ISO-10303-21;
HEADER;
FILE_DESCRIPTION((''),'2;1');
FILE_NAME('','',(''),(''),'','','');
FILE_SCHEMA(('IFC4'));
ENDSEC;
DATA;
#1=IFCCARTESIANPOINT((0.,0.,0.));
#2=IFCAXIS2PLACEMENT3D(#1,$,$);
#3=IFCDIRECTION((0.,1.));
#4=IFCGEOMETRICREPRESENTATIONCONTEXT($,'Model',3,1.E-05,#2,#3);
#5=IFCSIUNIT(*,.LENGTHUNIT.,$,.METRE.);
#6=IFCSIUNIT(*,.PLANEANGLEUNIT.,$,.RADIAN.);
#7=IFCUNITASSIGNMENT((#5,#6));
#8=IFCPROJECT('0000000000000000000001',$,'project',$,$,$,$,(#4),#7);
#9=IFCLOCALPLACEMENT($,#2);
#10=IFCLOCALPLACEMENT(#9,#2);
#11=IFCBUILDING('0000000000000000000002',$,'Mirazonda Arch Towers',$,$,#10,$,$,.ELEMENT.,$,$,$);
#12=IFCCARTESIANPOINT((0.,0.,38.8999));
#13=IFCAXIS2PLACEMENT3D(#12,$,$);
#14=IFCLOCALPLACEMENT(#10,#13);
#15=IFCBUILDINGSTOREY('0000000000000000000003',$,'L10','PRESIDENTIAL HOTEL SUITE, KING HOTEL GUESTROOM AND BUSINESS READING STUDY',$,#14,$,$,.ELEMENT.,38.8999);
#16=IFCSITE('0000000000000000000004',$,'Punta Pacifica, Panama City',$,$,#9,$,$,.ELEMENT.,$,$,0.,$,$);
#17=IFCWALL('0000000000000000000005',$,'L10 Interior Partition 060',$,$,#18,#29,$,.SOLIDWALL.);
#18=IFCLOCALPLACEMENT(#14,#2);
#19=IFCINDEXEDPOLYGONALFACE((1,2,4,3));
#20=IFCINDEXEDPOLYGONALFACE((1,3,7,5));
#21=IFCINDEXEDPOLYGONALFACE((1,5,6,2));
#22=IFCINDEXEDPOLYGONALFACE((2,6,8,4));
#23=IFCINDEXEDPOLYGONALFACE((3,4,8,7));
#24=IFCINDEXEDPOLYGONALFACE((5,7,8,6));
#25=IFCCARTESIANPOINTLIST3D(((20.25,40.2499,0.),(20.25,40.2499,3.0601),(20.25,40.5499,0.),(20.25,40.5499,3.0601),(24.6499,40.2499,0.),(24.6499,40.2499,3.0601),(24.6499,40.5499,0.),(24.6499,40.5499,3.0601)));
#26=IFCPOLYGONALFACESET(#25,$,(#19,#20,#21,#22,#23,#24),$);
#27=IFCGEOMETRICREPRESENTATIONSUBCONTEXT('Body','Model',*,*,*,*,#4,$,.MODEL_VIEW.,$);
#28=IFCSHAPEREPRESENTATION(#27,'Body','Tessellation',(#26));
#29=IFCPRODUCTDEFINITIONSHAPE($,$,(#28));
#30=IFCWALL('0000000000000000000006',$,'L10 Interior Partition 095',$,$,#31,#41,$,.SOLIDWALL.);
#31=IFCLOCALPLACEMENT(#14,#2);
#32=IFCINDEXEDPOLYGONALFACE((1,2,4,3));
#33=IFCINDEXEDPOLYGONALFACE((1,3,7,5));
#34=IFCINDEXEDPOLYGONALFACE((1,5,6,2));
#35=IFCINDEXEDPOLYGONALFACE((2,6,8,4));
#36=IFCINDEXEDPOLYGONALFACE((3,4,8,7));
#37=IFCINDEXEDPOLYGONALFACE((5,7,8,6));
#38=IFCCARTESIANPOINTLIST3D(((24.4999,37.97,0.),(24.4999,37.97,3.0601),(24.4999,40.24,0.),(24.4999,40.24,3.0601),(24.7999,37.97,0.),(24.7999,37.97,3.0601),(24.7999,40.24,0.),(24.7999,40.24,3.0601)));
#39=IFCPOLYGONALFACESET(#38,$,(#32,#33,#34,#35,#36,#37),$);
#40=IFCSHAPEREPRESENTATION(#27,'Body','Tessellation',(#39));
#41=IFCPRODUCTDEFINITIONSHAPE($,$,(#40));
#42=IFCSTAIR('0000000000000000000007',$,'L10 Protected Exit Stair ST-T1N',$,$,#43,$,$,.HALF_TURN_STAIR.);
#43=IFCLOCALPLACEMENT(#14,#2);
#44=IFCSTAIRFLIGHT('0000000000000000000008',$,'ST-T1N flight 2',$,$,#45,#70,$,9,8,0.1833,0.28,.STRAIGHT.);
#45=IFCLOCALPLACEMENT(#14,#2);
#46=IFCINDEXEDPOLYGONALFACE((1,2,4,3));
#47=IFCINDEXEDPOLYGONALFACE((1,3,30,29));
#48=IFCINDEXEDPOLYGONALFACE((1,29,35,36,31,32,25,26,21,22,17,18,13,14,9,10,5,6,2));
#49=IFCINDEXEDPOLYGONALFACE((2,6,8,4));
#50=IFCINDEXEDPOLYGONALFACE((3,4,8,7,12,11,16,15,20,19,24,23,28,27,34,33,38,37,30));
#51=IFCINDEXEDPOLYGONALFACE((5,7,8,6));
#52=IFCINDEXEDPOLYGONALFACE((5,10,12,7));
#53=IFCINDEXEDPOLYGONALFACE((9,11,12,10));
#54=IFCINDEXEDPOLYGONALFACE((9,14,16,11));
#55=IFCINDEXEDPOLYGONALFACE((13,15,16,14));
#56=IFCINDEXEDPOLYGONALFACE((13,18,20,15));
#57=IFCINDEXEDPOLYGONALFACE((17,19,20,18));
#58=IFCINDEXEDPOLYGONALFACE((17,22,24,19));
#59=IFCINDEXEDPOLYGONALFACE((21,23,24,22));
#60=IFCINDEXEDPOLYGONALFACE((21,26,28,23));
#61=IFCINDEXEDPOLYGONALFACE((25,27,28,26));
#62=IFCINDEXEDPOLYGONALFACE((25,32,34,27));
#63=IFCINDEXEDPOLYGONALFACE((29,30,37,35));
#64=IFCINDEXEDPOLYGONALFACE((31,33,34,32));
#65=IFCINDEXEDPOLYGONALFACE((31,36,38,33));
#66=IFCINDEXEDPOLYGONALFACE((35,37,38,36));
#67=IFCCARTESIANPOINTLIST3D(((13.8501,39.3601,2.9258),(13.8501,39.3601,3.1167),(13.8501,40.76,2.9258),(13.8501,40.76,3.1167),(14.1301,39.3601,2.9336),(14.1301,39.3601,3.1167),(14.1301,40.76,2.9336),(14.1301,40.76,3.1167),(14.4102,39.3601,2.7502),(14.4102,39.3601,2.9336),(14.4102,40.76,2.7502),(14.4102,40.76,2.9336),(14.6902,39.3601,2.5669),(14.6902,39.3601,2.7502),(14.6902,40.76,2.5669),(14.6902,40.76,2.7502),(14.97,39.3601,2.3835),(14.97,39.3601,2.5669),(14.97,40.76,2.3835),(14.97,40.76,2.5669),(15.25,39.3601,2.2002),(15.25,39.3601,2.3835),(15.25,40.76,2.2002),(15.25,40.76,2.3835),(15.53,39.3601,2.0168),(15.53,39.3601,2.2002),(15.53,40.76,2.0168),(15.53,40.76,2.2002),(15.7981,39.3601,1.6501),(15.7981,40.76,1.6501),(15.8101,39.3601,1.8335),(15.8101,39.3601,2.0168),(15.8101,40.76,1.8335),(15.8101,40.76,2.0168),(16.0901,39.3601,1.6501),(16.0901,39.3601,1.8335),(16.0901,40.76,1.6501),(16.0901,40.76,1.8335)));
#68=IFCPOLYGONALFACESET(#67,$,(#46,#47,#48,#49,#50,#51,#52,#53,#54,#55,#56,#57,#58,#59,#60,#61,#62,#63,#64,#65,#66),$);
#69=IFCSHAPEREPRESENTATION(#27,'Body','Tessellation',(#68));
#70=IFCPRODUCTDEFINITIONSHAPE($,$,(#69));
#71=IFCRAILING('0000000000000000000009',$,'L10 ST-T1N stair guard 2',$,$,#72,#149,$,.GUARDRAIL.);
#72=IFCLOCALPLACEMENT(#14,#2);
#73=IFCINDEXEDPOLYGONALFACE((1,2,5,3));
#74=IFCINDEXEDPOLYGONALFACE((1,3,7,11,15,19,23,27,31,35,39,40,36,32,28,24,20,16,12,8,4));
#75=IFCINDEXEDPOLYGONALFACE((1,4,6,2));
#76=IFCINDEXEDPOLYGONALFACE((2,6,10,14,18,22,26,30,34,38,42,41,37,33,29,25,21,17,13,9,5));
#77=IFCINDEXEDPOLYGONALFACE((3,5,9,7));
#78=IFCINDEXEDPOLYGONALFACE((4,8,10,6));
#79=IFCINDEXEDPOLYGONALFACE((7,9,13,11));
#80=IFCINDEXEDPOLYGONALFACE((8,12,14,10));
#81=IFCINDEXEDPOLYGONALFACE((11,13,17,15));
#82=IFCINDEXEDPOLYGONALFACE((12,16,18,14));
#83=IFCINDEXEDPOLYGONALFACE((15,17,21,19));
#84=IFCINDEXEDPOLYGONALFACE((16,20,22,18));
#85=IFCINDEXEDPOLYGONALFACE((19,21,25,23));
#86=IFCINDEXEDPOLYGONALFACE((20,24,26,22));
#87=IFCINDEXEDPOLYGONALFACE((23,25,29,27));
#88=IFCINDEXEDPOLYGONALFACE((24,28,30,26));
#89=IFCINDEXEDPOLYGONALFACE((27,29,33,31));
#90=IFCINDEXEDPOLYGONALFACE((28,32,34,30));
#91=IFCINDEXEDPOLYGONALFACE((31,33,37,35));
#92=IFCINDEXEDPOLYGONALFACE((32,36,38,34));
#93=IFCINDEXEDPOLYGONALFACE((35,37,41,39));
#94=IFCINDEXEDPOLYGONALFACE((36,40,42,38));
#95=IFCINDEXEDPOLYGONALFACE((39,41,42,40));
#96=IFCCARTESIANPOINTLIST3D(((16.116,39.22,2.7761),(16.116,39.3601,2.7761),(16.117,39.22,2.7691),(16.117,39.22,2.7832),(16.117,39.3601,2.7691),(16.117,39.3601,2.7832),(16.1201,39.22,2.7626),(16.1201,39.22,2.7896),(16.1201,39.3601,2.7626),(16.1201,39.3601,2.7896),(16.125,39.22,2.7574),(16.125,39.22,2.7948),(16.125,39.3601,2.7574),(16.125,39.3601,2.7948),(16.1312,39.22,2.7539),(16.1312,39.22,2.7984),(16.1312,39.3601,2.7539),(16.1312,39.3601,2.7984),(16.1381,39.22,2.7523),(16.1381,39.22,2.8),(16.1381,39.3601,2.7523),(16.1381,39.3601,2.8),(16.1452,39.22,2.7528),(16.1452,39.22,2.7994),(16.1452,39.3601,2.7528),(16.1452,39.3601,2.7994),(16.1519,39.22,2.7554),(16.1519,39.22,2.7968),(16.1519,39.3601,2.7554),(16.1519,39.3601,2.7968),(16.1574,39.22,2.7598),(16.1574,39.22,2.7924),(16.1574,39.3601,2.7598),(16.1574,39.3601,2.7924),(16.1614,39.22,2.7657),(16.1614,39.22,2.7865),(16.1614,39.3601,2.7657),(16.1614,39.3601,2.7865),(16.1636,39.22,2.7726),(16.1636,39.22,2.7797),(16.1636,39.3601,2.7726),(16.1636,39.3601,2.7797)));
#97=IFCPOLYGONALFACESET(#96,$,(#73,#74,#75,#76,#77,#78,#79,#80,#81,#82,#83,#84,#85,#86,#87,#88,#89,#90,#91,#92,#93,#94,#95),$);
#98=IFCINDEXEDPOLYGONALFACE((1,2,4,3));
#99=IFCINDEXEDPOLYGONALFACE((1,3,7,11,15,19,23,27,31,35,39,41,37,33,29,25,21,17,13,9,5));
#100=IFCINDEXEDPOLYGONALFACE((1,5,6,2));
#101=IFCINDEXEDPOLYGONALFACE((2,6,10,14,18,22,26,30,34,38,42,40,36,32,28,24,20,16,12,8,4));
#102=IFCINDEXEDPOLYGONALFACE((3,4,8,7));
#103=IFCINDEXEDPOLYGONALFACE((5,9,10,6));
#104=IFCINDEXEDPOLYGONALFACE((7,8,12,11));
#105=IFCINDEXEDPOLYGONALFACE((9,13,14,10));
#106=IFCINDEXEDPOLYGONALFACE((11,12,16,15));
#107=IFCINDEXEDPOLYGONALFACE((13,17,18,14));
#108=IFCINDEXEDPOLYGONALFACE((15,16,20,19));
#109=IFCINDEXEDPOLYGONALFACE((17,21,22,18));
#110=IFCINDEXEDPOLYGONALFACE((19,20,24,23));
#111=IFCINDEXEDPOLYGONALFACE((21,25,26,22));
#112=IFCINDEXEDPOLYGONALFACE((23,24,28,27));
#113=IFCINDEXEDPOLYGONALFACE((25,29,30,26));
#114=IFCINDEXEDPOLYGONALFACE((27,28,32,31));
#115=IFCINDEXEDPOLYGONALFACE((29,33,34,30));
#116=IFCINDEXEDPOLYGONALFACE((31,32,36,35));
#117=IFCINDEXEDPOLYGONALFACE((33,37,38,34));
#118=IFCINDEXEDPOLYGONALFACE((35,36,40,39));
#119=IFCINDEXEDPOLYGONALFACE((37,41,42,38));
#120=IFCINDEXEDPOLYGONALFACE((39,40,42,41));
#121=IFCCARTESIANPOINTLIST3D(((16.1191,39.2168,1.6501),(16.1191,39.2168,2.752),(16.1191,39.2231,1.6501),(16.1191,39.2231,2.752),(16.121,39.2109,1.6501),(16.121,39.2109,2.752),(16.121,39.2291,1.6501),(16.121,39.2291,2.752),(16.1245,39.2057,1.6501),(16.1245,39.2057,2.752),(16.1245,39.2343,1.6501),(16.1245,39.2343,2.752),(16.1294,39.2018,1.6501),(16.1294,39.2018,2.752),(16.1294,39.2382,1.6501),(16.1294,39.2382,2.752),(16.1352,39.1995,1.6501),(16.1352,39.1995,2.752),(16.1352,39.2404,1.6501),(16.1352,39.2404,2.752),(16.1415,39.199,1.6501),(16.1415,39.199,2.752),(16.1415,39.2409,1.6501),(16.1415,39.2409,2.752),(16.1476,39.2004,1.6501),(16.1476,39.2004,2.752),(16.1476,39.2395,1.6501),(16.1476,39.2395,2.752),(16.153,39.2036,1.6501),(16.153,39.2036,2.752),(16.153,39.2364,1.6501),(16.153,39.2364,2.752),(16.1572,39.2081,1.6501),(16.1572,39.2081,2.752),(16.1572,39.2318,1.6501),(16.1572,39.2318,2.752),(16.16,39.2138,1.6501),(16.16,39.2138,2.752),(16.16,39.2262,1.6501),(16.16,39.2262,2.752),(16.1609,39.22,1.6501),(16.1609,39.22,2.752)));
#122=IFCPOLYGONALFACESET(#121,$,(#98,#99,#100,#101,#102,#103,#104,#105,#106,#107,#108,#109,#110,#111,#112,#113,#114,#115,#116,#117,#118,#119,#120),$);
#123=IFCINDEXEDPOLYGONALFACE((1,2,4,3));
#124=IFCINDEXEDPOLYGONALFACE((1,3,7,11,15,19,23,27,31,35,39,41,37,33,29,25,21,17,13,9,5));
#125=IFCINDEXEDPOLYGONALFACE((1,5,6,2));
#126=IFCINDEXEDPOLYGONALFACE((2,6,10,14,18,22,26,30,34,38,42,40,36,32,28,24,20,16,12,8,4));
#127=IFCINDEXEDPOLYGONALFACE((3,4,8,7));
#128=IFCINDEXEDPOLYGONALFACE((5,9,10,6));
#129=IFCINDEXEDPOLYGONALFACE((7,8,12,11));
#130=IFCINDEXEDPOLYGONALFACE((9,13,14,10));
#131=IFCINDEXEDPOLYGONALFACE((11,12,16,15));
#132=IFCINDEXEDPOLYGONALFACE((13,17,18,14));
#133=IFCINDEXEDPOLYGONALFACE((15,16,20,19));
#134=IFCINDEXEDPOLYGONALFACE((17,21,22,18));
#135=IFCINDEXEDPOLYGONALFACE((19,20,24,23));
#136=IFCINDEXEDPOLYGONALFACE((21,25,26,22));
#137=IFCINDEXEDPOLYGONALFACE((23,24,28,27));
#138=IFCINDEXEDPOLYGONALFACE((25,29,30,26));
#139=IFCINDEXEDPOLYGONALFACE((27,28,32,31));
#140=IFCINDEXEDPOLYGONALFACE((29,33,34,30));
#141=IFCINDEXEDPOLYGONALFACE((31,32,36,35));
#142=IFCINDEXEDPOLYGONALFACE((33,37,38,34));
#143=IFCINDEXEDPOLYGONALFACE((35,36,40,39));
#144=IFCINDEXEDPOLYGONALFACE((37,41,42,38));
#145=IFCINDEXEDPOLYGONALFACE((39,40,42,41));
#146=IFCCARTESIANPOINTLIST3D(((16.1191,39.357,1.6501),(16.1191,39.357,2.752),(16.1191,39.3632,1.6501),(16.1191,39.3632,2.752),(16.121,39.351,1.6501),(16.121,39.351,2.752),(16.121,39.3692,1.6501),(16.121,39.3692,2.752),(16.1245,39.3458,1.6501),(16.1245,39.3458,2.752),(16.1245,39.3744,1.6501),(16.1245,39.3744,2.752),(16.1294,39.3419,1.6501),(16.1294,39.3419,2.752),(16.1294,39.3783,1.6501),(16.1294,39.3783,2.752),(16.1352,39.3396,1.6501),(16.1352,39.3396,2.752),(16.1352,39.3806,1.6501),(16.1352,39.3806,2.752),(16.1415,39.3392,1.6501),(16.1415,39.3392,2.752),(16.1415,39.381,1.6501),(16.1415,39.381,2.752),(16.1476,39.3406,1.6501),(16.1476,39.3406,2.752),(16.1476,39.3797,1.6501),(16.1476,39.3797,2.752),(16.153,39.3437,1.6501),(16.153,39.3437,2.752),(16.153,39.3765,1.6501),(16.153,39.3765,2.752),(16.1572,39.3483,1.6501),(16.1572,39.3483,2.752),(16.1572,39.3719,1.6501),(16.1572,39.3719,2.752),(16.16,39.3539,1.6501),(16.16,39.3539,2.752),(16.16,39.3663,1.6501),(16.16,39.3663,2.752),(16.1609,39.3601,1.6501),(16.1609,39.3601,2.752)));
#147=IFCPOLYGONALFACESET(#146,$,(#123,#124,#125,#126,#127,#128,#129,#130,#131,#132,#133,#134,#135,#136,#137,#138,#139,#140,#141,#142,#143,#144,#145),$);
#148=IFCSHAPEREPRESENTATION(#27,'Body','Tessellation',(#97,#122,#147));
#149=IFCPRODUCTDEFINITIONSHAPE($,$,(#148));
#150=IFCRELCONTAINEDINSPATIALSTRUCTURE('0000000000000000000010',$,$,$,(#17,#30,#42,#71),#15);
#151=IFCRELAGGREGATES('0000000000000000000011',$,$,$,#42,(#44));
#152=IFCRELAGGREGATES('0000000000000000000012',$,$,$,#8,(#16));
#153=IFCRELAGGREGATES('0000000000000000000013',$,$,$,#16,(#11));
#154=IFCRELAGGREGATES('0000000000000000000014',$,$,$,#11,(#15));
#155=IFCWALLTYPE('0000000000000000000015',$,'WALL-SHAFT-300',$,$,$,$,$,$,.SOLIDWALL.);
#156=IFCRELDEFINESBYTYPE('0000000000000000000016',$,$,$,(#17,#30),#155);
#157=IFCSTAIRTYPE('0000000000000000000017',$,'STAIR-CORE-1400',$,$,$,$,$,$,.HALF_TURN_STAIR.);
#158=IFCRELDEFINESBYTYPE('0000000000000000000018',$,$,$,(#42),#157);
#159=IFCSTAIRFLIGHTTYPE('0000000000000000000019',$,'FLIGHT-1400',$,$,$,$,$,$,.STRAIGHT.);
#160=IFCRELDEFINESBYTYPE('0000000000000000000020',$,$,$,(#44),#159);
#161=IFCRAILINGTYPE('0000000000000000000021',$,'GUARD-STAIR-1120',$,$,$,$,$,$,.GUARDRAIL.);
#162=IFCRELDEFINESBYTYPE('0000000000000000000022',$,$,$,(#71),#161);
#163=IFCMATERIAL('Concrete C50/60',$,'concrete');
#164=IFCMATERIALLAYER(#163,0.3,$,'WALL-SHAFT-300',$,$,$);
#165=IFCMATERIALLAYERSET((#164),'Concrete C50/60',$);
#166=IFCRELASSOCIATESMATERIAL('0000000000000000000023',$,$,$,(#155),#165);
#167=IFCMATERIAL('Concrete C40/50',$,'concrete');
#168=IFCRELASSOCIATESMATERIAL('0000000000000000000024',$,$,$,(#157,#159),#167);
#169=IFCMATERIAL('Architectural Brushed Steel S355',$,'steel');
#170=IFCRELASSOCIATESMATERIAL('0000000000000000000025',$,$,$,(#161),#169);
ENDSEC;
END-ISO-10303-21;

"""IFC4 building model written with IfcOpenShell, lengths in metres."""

from ifc_helpers import new_model, si_unit, direction, frame, frame_2d, origin, origin_2d, place, context, subcontext, project, spatial, polyline, rectangle, circle, outline, extrude, material, layer, layer_set, type_object, element, aggregate, save


model = new_model("IFC4")

# Units and contexts
model_context = context("Model", 3, precision=1e-05, world=origin(), true_north=direction((0.0, 1.0)))
body_context = subcontext(model_context, "Body", "Model", "MODEL_VIEW")
ifc_project = project(units=[si_unit("LENGTHUNIT", "METRE"), si_unit("PLANEANGLEUNIT", "RADIAN")], contexts=[model_context])

# Site, building, storey
site_placement = place(None, origin())
site = spatial("IfcSite", under=ifc_project, at=site_placement, Name="Punta Pacifica, Panama City", CompositionType="ELEMENT", RefElevation=0.0)
building_placement = place(site_placement, origin())
building = spatial("IfcBuilding", under=site, at=building_placement, Name="Mirazonda Arch Towers", CompositionType="ELEMENT")
storey_placement = place(building_placement, frame((0.0, 0.0, 38.8999)))
storey = spatial("IfcBuildingStorey", under=building, at=storey_placement, Name="L10", Description="PRESIDENTIAL HOTEL SUITE, KING HOTEL GUESTROOM AND BUSINESS READING STUDY", CompositionType="ELEMENT", Elevation=38.8999)

# Walls
ifc_material_1 = material(Name="Concrete C40/50", Category="concrete")
ifc_material_2 = material(Name="Concrete C50/60", Category="concrete")
ifc_layer_1 = layer(ifc_material_2, 0.3, Name="WALL-SHAFT-300")
ifc_layer_set_1 = layer_set([ifc_layer_1], Name="Concrete C50/60")
wall_type_1 = type_object("IfcWallType", Name="WALL-SHAFT-300", PredefinedType="SOLIDWALL", material=ifc_layer_set_1)
wall_1_placement = place(storey_placement, frame((20.25, 40.3999, 0.0), z_axis=(0.0, 0.0, 1.0), x_axis=(1.0, 0.0, 0.0)))
element("IfcWall", 1, at=wall_1_placement, inside=storey, type_object=wall_type_1, Name="L10 Interior Partition 060", PredefinedType="SOLIDWALL", context=body_context, shape_type="SweptSolid", body=[
    extrude(rectangle(XDim=4.3999, YDim=0.3, at=frame_2d((2.2, 0.0))), origin(), (0.0, 0.0, 1.0), 3.0601),
])
wall_2_placement = place(storey_placement, frame((24.6499, 37.97, 0.0), z_axis=(0.0, 0.0, 1.0), x_axis=(0.0, 1.0, 0.0)))
element("IfcWall", 2, at=wall_2_placement, inside=storey, type_object=wall_type_1, Name="L10 Interior Partition 095", PredefinedType="SOLIDWALL", context=body_context, shape_type="SweptSolid", body=[
    extrude(rectangle(XDim=2.27, YDim=0.3, at=frame_2d((1.135, 0.0))), origin(), (0.0, 0.0, 1.0), 3.0601),
])

# Stair, stair flight
stair_type = type_object("IfcStairType", Name="STAIR-CORE-1400", PredefinedType="HALF_TURN_STAIR", material=ifc_material_1)
stair_placement = place(storey_placement, origin())
stair = element("IfcStair", 3, at=stair_placement, inside=storey, type_object=stair_type, Name="L10 Protected Exit Stair ST-T1N", PredefinedType="HALF_TURN_STAIR")
stair_flight_type = type_object("IfcStairFlightType", Name="FLIGHT-1400", PredefinedType="STRAIGHT", material=ifc_material_1)
stair_flight_placement = place(storey_placement, frame((16.0901, 40.0601, 1.6501), z_axis=(0.0, 0.0, 1.0), x_axis=(-1.0, 0.0, 0.0)))
stair_flight = element("IfcStairFlight", 4, at=stair_flight_placement, type_object=stair_flight_type, Name="ST-T1N flight 2", NumberOfRisers=9, NumberOfTreads=8, PredefinedType="STRAIGHT", RiserHeight=0.1833, TreadLength=0.28, context=body_context, shape_type="SweptSolid", body=[
    extrude(outline(polyline([(0.0, 0.0), (0.0, 0.1833), (0.28, 0.1833), (0.28, 0.3667), (0.5601, 0.3667), (0.5601, 0.55), (0.8401, 0.55), (0.8401, 0.7334), (1.1201, 0.7334), (1.1201, 0.9167), (1.3999, 0.9167), (1.3999, 1.1001), (1.6799, 1.1001), (1.6799, 1.2834), (1.96, 1.2834), (1.96, 1.4666), (2.24, 1.4666), (2.24, 1.6499), (2.24, 1.2756), (0.292, 0.0), (0.0, 0.0)])), frame((0.0, 0.7, 0.0), z_axis=(0.0, -1.0, 0.0), x_axis=(1.0, 0.0, 0.0)), (0.0, 0.0, 1.0), 1.3999),
])
aggregate(stair, [stair_flight])

# Railing
ifc_material_3 = material(Name="Architectural Brushed Steel S355", Category="steel")
railing_type_1 = type_object("IfcRailingType", Name="GUARD-STAIR-1120", PredefinedType="GUARDRAIL", material=ifc_material_3)
railing_1_placement = place(storey_placement, frame((16.1399, 39.22, 1.6501)))
element("IfcRailing", 5, at=railing_1_placement, inside=storey, type_object=railing_type_1, Name="L10 ST-T1N stair guard 2", PredefinedType="GUARDRAIL", context=body_context, shape_type="SweptSolid", body=[
    extrude(circle(Radius=0.0239, at=origin_2d()), frame((0.0, 0.0, 1.126), z_axis=(0.0, 1.0, 0.0), x_axis=(-1.0, 0.0, 0.0)), (0.0, 0.0, 1.0), 0.1401),
    extrude(circle(Radius=0.021, at=origin_2d()), origin(), (0.0, 0.0, 1.0), 1.1018),
    extrude(circle(Radius=0.021, at=origin_2d()), frame((0.0, 0.1401, 0.0)), (0.0, 0.0, 1.0), 1.1018),
])

save(model, "model.ifc")
